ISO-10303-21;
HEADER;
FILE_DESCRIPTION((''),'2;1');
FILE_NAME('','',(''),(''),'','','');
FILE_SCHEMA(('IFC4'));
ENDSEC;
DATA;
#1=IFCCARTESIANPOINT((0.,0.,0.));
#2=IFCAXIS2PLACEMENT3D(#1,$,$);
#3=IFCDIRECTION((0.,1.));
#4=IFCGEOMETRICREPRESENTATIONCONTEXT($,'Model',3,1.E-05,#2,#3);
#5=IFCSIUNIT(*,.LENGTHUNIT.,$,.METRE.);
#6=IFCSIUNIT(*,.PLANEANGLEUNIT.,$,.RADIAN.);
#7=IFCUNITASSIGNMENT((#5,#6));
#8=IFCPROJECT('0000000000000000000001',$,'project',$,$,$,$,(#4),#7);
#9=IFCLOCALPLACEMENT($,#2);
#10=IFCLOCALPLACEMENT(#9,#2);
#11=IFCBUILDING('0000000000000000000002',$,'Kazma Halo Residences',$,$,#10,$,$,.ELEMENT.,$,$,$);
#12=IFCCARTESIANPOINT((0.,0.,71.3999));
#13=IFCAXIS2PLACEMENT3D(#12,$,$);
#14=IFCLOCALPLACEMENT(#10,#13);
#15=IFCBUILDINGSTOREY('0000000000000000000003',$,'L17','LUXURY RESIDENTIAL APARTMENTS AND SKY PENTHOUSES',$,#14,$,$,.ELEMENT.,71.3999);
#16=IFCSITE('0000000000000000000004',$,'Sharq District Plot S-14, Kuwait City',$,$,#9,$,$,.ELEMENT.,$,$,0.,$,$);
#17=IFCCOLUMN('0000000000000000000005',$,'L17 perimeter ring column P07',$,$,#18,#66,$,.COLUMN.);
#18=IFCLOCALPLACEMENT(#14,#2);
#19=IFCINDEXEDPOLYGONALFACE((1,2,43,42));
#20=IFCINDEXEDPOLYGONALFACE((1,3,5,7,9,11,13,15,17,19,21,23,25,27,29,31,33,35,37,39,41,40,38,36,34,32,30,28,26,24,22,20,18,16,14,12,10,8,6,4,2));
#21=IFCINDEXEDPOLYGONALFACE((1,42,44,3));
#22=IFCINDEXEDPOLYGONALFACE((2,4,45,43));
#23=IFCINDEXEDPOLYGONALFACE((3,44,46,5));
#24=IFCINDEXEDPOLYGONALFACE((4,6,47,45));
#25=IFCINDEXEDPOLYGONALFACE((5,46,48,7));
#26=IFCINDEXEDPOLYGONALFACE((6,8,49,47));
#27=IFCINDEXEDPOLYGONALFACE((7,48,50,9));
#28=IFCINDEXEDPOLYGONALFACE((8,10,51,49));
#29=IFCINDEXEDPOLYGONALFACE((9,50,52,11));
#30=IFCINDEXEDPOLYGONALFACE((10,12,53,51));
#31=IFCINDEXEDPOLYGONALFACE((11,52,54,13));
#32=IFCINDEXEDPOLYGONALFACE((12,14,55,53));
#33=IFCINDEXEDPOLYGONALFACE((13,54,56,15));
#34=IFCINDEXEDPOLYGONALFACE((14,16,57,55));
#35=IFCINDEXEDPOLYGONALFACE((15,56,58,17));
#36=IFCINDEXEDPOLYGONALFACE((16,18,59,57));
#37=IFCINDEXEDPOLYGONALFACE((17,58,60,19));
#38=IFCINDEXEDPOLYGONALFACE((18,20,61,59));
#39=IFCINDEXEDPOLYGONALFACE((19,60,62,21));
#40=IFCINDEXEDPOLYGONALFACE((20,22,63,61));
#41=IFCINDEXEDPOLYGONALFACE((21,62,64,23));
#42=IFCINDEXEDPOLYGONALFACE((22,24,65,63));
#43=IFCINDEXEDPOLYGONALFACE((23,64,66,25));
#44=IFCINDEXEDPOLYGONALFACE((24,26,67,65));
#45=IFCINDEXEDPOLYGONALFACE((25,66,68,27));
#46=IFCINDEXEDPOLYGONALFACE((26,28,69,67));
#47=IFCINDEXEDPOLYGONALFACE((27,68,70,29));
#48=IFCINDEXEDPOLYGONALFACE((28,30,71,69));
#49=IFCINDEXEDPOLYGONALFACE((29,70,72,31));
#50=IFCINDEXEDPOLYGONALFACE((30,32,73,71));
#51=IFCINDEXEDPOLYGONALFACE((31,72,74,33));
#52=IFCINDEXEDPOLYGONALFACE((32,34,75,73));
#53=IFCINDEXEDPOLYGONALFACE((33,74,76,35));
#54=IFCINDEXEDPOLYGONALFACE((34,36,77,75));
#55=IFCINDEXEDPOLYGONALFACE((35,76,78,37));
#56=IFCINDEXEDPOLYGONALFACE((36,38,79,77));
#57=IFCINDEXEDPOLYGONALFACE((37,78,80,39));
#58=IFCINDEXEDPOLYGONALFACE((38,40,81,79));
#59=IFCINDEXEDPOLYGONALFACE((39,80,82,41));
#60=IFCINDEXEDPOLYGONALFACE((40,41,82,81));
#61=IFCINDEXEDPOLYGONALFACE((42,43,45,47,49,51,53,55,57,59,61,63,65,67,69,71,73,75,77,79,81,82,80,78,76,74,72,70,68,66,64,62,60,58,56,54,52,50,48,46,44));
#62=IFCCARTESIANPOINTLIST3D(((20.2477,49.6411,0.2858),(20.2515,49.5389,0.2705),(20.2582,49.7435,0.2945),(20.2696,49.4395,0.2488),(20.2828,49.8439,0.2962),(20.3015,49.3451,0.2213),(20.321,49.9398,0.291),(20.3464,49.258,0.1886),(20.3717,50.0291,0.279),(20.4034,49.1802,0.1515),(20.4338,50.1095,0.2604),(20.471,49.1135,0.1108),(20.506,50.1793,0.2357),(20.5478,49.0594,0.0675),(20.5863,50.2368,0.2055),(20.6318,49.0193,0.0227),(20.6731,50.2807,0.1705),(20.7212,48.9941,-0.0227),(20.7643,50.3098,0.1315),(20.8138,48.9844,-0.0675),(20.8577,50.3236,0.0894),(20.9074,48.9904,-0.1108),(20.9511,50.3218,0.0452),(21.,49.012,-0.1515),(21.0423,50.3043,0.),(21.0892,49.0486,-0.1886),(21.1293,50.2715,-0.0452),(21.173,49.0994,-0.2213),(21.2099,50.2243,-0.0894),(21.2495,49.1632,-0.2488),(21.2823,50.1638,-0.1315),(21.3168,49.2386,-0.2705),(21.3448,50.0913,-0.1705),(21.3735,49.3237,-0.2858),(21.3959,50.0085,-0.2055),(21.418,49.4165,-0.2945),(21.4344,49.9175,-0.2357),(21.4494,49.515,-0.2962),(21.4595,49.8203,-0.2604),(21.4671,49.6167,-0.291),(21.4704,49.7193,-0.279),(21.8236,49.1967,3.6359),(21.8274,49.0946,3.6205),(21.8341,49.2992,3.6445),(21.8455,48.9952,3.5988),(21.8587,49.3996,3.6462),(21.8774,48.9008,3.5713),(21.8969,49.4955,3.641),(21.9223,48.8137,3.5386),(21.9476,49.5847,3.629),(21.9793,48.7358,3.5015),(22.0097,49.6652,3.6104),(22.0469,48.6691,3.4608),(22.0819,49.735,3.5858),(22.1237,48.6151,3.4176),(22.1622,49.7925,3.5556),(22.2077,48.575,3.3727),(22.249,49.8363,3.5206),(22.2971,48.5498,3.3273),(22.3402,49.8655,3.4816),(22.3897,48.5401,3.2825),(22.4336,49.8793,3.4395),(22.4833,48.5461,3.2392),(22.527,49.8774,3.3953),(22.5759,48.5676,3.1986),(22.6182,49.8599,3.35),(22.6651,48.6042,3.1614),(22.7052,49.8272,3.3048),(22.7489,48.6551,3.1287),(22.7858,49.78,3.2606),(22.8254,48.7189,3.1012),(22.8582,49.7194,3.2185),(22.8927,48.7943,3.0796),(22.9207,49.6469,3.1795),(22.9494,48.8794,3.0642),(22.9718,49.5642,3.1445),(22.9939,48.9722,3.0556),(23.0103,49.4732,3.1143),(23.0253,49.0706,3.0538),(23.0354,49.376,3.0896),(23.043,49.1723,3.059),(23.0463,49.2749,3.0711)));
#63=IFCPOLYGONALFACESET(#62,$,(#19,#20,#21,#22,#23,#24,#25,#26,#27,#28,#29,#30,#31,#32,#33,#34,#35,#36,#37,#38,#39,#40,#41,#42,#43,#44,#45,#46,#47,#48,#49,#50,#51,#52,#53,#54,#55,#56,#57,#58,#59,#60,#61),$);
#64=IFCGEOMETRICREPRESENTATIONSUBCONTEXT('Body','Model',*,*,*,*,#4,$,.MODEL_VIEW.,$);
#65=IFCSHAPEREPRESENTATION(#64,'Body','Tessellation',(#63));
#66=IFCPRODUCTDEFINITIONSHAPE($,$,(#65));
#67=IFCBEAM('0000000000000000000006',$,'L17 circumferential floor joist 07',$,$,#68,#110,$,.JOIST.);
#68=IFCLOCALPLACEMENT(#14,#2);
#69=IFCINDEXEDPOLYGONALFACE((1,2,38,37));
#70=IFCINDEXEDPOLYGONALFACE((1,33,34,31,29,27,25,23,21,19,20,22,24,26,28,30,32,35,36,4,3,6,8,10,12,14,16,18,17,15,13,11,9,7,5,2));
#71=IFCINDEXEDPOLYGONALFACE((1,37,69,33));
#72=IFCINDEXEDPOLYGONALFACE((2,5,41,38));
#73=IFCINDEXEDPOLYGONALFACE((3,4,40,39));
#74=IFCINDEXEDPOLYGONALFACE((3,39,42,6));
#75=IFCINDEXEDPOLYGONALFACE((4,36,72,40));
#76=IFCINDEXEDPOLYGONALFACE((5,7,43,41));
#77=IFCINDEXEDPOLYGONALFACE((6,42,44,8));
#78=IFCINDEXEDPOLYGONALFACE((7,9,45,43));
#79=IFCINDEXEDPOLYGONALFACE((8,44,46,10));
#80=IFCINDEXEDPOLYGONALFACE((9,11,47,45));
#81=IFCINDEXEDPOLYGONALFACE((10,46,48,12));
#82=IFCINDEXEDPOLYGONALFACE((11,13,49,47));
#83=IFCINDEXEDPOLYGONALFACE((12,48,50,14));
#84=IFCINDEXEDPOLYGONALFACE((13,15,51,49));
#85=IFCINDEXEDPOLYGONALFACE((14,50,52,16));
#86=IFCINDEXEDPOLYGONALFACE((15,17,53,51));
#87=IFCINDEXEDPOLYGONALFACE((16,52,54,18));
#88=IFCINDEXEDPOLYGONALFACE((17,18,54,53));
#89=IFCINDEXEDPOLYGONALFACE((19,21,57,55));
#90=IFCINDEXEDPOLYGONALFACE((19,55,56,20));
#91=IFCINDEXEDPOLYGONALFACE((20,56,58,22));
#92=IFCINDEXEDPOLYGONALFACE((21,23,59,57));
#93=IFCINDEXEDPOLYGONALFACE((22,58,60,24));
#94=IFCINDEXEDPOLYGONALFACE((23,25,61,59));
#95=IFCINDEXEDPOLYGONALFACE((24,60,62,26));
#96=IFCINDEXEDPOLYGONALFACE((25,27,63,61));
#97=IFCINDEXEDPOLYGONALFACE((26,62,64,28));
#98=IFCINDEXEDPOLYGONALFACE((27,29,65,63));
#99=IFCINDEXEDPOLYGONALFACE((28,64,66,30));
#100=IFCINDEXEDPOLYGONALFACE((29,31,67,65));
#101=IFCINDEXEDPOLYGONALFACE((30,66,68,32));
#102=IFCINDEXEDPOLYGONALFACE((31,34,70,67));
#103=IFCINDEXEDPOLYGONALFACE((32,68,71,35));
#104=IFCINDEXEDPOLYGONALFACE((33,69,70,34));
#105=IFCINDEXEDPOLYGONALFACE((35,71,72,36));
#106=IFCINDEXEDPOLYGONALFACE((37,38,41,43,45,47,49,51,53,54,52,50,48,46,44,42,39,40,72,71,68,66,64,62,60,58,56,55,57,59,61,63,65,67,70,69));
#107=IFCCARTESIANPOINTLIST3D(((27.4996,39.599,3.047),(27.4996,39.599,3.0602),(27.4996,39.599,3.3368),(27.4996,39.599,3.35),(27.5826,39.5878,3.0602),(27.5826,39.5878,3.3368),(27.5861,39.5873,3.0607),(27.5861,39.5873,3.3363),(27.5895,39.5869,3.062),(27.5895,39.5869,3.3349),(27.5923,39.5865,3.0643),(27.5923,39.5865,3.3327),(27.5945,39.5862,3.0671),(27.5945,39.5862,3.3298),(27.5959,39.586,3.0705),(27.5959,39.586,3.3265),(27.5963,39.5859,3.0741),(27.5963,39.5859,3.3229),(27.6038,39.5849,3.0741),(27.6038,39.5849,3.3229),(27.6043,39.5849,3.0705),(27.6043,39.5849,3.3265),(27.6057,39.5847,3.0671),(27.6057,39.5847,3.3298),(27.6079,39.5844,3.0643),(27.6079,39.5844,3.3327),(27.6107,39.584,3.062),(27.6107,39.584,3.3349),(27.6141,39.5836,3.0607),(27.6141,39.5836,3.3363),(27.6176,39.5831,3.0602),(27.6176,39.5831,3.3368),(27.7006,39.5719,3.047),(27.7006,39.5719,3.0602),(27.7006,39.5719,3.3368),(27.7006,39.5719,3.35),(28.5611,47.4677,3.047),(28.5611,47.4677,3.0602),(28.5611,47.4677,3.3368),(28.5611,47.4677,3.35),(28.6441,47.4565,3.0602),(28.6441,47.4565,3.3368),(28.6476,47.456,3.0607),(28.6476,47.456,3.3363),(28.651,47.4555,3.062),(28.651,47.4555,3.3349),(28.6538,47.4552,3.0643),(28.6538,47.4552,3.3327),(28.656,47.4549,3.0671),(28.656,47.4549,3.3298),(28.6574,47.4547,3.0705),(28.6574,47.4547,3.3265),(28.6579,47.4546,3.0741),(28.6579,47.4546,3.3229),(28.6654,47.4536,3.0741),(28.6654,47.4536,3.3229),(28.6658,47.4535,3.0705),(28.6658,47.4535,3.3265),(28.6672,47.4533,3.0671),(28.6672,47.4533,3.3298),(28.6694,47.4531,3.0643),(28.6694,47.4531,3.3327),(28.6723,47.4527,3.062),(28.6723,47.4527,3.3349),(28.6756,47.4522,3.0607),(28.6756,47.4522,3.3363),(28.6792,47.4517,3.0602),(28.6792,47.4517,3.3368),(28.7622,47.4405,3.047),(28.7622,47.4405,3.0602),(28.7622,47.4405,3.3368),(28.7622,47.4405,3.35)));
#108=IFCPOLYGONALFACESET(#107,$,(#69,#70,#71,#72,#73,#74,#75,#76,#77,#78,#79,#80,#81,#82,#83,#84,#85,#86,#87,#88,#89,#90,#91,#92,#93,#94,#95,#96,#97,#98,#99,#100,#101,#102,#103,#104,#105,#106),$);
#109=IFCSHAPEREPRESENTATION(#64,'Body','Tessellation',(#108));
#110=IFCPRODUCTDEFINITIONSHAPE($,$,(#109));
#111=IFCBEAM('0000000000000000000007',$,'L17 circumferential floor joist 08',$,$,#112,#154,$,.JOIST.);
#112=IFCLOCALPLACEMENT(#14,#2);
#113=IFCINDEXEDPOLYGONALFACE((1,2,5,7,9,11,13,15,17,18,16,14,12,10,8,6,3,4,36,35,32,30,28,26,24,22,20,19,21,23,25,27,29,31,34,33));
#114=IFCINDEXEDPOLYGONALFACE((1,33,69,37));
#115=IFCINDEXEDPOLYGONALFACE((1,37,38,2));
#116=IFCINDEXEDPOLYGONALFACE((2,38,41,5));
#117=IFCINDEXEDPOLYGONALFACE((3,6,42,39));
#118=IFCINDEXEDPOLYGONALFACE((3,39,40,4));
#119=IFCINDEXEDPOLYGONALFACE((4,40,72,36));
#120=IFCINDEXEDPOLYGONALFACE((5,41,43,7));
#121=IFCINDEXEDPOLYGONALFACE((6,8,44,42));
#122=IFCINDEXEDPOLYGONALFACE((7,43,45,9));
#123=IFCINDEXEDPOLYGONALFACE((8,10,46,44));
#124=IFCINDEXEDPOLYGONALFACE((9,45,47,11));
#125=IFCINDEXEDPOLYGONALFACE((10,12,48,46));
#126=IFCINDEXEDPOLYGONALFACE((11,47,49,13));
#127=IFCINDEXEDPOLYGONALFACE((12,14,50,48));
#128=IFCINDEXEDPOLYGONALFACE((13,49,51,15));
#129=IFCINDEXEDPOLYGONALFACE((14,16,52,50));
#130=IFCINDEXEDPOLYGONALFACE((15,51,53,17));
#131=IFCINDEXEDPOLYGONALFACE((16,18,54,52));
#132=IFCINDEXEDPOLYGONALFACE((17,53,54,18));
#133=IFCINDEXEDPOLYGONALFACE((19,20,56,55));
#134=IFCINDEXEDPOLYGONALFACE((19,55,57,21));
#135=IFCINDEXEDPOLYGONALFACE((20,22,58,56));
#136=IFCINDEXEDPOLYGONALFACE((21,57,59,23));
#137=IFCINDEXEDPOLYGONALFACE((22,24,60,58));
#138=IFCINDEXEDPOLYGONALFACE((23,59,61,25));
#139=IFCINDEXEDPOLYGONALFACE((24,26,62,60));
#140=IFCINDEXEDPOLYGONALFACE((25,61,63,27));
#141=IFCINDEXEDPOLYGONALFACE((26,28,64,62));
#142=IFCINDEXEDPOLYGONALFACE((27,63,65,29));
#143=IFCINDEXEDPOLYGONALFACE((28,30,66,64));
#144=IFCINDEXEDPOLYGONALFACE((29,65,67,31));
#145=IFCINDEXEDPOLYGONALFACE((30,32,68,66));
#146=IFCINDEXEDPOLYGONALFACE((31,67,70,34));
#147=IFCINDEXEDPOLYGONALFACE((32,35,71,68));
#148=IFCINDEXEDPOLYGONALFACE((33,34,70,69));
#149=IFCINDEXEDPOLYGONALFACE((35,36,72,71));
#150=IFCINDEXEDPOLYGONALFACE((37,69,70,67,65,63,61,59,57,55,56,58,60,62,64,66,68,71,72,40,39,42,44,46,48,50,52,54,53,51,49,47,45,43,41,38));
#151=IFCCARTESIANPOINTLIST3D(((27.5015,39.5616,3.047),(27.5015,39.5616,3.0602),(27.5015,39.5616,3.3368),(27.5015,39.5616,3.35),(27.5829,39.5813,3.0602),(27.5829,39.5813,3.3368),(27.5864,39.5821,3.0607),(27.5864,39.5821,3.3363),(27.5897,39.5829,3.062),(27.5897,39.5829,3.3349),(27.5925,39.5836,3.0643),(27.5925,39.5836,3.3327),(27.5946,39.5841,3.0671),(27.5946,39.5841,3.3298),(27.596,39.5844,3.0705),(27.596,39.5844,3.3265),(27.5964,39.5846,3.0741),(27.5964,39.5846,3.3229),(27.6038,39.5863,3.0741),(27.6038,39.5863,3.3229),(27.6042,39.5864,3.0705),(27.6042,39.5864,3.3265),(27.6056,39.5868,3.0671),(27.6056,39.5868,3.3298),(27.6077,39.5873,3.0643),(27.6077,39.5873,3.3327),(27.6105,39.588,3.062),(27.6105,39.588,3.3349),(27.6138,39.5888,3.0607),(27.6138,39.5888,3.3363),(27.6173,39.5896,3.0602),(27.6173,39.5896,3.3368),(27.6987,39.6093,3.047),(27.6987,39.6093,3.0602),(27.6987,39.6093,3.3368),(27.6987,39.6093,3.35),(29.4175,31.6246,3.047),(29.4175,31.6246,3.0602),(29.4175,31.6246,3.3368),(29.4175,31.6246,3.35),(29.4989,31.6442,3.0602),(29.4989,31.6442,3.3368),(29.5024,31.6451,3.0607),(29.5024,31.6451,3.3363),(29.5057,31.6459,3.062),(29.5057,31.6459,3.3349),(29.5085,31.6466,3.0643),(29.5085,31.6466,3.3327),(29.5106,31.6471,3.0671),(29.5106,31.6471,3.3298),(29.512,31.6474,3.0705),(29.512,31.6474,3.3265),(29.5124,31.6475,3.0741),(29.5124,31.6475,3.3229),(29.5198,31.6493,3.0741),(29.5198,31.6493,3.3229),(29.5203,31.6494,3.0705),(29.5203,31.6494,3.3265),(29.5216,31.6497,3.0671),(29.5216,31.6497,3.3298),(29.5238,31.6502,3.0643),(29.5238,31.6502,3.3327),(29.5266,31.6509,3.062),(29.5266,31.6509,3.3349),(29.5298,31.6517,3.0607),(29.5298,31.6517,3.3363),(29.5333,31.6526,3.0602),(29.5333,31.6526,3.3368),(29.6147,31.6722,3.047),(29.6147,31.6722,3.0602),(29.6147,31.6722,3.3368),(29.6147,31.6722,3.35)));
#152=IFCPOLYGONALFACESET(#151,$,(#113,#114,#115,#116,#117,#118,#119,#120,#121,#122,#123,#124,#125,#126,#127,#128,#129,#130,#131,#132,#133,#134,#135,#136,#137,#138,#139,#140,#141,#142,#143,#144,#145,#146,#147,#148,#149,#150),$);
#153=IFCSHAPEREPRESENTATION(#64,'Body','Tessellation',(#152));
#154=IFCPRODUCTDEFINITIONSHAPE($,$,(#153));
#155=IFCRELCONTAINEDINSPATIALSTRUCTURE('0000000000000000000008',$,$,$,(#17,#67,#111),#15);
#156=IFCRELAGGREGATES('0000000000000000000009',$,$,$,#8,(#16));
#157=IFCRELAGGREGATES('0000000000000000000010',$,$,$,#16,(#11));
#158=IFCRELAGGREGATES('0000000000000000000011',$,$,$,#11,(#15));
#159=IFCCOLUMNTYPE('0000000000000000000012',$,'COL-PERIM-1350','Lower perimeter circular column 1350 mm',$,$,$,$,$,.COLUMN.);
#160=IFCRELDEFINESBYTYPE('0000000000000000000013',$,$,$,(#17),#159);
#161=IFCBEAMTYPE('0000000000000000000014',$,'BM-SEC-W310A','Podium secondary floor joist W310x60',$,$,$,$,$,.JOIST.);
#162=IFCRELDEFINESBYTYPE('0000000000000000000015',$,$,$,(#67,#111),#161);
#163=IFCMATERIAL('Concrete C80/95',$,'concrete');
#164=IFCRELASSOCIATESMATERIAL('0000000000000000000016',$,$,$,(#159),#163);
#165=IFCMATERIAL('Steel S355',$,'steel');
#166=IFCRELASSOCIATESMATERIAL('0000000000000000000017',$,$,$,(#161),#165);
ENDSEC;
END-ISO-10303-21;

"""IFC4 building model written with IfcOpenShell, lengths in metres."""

from ifc_helpers import new_model, si_unit, direction, frame, origin, origin_2d, place, context, subcontext, project, spatial, circle, i_section, extrude, material, material_profile, profile_set, type_object, element, save


model = new_model("IFC4")

# Units and contexts
model_context = context("Model", 3, precision=1e-05, world=origin(), true_north=direction((0.0, 1.0)))
body_context = subcontext(model_context, "Body", "Model", "MODEL_VIEW")
ifc_project = project(units=[si_unit("LENGTHUNIT", "METRE"), si_unit("PLANEANGLEUNIT", "RADIAN")], contexts=[model_context])

# Site, building, storey
site_placement = place(None, origin())
site = spatial("IfcSite", under=ifc_project, at=site_placement, Name="Sharq District Plot S-14, Kuwait City", CompositionType="ELEMENT", RefElevation=0.0)
building_placement = place(site_placement, origin())
building = spatial("IfcBuilding", under=site, at=building_placement, Name="Kazma Halo Residences", CompositionType="ELEMENT")
storey_placement = place(building_placement, frame((0.0, 0.0, 71.3999)))
storey = spatial("IfcBuildingStorey", under=building, at=storey_placement, Name="L17", Description="LUXURY RESIDENTIAL APARTMENTS AND SKY PENTHOUSES", CompositionType="ELEMENT", Elevation=71.3999)

# Column
ifc_material_1 = material(Name="Concrete C80/95", Category="concrete")
ifc_material_profile_1 = material_profile(ifc_material_1, circle(Radius=0.675, at=origin_2d()), Name="CIRC1350")
ifc_profile_set_1 = profile_set([ifc_material_profile_1], Name="Concrete C80/95")
column_type = type_object("IfcColumnType", Name="COL-PERIM-1350", Description="Lower perimeter circular column 1350 mm", PredefinedType="COLUMN", material=ifc_profile_set_1)
column_placement = place(storey_placement, frame((20.8591, 49.6545, 0.0), z_axis=(0.422634, -0.119162, 0.898432), x_axis=(0.271372, 0.962475, 0.0)))
element("IfcColumn", 1, at=column_placement, inside=storey, type_object=column_type, Name="L17 perimeter ring column P07", PredefinedType="COLUMN", context=body_context, shape_type="SweptSolid", body=[
    extrude(circle(Radius=0.675, at=origin_2d()), origin(), (0.0, 0.0, 1.0), 3.7288),
])

# Beams
ifc_material_2 = material(Name="Steel S355", Category="steel")
ifc_material_profile_2 = material_profile(ifc_material_2, i_section(OverallWidth=0.2029, OverallDepth=0.303, WebThickness=0.0076, FlangeThickness=0.0132, FilletRadius=0.0139, at=origin_2d()), Name="W310x60")
ifc_profile_set_2 = profile_set([ifc_material_profile_2], Name="Steel S355")
beam_type_1 = type_object("IfcBeamType", Name="BM-SEC-W310A", Description="Podium secondary floor joist W310x60", PredefinedType="JOIST", material=ifc_profile_set_2)
beam_1_placement = place(storey_placement, frame((28.6616, 47.4541, 3.1985), z_axis=(-0.133694, -0.991023, 0.0), x_axis=(0.991023, -0.133694, 0.0)))
element("IfcBeam", 2, at=beam_1_placement, inside=storey, type_object=beam_type_1, Name="L17 circumferential floor joist 07", PredefinedType="JOIST", context=body_context, shape_type="SweptSolid", body=[
    extrude(i_section(OverallWidth=0.2029, OverallDepth=0.303, WebThickness=0.0076, FlangeThickness=0.0132, FilletRadius=0.0139, at=origin_2d()), origin(), (0.0, 0.0, 1.0), 7.9399),
])
beam_2_placement = place(storey_placement, frame((27.6001, 39.5854, 3.1985), z_axis=(0.234662, -0.972077, 0.0), x_axis=(0.972077, 0.234662, 0.0)))
element("IfcBeam", 3, at=beam_2_placement, inside=storey, type_object=beam_type_1, Name="L17 circumferential floor joist 08", PredefinedType="JOIST", context=body_context, shape_type="SweptSolid", body=[
    extrude(i_section(OverallWidth=0.2029, OverallDepth=0.303, WebThickness=0.0076, FlangeThickness=0.0132, FilletRadius=0.0139, at=origin_2d()), origin(), (0.0, 0.0, 1.0), 8.165),
])

save(model, "model.ifc")
